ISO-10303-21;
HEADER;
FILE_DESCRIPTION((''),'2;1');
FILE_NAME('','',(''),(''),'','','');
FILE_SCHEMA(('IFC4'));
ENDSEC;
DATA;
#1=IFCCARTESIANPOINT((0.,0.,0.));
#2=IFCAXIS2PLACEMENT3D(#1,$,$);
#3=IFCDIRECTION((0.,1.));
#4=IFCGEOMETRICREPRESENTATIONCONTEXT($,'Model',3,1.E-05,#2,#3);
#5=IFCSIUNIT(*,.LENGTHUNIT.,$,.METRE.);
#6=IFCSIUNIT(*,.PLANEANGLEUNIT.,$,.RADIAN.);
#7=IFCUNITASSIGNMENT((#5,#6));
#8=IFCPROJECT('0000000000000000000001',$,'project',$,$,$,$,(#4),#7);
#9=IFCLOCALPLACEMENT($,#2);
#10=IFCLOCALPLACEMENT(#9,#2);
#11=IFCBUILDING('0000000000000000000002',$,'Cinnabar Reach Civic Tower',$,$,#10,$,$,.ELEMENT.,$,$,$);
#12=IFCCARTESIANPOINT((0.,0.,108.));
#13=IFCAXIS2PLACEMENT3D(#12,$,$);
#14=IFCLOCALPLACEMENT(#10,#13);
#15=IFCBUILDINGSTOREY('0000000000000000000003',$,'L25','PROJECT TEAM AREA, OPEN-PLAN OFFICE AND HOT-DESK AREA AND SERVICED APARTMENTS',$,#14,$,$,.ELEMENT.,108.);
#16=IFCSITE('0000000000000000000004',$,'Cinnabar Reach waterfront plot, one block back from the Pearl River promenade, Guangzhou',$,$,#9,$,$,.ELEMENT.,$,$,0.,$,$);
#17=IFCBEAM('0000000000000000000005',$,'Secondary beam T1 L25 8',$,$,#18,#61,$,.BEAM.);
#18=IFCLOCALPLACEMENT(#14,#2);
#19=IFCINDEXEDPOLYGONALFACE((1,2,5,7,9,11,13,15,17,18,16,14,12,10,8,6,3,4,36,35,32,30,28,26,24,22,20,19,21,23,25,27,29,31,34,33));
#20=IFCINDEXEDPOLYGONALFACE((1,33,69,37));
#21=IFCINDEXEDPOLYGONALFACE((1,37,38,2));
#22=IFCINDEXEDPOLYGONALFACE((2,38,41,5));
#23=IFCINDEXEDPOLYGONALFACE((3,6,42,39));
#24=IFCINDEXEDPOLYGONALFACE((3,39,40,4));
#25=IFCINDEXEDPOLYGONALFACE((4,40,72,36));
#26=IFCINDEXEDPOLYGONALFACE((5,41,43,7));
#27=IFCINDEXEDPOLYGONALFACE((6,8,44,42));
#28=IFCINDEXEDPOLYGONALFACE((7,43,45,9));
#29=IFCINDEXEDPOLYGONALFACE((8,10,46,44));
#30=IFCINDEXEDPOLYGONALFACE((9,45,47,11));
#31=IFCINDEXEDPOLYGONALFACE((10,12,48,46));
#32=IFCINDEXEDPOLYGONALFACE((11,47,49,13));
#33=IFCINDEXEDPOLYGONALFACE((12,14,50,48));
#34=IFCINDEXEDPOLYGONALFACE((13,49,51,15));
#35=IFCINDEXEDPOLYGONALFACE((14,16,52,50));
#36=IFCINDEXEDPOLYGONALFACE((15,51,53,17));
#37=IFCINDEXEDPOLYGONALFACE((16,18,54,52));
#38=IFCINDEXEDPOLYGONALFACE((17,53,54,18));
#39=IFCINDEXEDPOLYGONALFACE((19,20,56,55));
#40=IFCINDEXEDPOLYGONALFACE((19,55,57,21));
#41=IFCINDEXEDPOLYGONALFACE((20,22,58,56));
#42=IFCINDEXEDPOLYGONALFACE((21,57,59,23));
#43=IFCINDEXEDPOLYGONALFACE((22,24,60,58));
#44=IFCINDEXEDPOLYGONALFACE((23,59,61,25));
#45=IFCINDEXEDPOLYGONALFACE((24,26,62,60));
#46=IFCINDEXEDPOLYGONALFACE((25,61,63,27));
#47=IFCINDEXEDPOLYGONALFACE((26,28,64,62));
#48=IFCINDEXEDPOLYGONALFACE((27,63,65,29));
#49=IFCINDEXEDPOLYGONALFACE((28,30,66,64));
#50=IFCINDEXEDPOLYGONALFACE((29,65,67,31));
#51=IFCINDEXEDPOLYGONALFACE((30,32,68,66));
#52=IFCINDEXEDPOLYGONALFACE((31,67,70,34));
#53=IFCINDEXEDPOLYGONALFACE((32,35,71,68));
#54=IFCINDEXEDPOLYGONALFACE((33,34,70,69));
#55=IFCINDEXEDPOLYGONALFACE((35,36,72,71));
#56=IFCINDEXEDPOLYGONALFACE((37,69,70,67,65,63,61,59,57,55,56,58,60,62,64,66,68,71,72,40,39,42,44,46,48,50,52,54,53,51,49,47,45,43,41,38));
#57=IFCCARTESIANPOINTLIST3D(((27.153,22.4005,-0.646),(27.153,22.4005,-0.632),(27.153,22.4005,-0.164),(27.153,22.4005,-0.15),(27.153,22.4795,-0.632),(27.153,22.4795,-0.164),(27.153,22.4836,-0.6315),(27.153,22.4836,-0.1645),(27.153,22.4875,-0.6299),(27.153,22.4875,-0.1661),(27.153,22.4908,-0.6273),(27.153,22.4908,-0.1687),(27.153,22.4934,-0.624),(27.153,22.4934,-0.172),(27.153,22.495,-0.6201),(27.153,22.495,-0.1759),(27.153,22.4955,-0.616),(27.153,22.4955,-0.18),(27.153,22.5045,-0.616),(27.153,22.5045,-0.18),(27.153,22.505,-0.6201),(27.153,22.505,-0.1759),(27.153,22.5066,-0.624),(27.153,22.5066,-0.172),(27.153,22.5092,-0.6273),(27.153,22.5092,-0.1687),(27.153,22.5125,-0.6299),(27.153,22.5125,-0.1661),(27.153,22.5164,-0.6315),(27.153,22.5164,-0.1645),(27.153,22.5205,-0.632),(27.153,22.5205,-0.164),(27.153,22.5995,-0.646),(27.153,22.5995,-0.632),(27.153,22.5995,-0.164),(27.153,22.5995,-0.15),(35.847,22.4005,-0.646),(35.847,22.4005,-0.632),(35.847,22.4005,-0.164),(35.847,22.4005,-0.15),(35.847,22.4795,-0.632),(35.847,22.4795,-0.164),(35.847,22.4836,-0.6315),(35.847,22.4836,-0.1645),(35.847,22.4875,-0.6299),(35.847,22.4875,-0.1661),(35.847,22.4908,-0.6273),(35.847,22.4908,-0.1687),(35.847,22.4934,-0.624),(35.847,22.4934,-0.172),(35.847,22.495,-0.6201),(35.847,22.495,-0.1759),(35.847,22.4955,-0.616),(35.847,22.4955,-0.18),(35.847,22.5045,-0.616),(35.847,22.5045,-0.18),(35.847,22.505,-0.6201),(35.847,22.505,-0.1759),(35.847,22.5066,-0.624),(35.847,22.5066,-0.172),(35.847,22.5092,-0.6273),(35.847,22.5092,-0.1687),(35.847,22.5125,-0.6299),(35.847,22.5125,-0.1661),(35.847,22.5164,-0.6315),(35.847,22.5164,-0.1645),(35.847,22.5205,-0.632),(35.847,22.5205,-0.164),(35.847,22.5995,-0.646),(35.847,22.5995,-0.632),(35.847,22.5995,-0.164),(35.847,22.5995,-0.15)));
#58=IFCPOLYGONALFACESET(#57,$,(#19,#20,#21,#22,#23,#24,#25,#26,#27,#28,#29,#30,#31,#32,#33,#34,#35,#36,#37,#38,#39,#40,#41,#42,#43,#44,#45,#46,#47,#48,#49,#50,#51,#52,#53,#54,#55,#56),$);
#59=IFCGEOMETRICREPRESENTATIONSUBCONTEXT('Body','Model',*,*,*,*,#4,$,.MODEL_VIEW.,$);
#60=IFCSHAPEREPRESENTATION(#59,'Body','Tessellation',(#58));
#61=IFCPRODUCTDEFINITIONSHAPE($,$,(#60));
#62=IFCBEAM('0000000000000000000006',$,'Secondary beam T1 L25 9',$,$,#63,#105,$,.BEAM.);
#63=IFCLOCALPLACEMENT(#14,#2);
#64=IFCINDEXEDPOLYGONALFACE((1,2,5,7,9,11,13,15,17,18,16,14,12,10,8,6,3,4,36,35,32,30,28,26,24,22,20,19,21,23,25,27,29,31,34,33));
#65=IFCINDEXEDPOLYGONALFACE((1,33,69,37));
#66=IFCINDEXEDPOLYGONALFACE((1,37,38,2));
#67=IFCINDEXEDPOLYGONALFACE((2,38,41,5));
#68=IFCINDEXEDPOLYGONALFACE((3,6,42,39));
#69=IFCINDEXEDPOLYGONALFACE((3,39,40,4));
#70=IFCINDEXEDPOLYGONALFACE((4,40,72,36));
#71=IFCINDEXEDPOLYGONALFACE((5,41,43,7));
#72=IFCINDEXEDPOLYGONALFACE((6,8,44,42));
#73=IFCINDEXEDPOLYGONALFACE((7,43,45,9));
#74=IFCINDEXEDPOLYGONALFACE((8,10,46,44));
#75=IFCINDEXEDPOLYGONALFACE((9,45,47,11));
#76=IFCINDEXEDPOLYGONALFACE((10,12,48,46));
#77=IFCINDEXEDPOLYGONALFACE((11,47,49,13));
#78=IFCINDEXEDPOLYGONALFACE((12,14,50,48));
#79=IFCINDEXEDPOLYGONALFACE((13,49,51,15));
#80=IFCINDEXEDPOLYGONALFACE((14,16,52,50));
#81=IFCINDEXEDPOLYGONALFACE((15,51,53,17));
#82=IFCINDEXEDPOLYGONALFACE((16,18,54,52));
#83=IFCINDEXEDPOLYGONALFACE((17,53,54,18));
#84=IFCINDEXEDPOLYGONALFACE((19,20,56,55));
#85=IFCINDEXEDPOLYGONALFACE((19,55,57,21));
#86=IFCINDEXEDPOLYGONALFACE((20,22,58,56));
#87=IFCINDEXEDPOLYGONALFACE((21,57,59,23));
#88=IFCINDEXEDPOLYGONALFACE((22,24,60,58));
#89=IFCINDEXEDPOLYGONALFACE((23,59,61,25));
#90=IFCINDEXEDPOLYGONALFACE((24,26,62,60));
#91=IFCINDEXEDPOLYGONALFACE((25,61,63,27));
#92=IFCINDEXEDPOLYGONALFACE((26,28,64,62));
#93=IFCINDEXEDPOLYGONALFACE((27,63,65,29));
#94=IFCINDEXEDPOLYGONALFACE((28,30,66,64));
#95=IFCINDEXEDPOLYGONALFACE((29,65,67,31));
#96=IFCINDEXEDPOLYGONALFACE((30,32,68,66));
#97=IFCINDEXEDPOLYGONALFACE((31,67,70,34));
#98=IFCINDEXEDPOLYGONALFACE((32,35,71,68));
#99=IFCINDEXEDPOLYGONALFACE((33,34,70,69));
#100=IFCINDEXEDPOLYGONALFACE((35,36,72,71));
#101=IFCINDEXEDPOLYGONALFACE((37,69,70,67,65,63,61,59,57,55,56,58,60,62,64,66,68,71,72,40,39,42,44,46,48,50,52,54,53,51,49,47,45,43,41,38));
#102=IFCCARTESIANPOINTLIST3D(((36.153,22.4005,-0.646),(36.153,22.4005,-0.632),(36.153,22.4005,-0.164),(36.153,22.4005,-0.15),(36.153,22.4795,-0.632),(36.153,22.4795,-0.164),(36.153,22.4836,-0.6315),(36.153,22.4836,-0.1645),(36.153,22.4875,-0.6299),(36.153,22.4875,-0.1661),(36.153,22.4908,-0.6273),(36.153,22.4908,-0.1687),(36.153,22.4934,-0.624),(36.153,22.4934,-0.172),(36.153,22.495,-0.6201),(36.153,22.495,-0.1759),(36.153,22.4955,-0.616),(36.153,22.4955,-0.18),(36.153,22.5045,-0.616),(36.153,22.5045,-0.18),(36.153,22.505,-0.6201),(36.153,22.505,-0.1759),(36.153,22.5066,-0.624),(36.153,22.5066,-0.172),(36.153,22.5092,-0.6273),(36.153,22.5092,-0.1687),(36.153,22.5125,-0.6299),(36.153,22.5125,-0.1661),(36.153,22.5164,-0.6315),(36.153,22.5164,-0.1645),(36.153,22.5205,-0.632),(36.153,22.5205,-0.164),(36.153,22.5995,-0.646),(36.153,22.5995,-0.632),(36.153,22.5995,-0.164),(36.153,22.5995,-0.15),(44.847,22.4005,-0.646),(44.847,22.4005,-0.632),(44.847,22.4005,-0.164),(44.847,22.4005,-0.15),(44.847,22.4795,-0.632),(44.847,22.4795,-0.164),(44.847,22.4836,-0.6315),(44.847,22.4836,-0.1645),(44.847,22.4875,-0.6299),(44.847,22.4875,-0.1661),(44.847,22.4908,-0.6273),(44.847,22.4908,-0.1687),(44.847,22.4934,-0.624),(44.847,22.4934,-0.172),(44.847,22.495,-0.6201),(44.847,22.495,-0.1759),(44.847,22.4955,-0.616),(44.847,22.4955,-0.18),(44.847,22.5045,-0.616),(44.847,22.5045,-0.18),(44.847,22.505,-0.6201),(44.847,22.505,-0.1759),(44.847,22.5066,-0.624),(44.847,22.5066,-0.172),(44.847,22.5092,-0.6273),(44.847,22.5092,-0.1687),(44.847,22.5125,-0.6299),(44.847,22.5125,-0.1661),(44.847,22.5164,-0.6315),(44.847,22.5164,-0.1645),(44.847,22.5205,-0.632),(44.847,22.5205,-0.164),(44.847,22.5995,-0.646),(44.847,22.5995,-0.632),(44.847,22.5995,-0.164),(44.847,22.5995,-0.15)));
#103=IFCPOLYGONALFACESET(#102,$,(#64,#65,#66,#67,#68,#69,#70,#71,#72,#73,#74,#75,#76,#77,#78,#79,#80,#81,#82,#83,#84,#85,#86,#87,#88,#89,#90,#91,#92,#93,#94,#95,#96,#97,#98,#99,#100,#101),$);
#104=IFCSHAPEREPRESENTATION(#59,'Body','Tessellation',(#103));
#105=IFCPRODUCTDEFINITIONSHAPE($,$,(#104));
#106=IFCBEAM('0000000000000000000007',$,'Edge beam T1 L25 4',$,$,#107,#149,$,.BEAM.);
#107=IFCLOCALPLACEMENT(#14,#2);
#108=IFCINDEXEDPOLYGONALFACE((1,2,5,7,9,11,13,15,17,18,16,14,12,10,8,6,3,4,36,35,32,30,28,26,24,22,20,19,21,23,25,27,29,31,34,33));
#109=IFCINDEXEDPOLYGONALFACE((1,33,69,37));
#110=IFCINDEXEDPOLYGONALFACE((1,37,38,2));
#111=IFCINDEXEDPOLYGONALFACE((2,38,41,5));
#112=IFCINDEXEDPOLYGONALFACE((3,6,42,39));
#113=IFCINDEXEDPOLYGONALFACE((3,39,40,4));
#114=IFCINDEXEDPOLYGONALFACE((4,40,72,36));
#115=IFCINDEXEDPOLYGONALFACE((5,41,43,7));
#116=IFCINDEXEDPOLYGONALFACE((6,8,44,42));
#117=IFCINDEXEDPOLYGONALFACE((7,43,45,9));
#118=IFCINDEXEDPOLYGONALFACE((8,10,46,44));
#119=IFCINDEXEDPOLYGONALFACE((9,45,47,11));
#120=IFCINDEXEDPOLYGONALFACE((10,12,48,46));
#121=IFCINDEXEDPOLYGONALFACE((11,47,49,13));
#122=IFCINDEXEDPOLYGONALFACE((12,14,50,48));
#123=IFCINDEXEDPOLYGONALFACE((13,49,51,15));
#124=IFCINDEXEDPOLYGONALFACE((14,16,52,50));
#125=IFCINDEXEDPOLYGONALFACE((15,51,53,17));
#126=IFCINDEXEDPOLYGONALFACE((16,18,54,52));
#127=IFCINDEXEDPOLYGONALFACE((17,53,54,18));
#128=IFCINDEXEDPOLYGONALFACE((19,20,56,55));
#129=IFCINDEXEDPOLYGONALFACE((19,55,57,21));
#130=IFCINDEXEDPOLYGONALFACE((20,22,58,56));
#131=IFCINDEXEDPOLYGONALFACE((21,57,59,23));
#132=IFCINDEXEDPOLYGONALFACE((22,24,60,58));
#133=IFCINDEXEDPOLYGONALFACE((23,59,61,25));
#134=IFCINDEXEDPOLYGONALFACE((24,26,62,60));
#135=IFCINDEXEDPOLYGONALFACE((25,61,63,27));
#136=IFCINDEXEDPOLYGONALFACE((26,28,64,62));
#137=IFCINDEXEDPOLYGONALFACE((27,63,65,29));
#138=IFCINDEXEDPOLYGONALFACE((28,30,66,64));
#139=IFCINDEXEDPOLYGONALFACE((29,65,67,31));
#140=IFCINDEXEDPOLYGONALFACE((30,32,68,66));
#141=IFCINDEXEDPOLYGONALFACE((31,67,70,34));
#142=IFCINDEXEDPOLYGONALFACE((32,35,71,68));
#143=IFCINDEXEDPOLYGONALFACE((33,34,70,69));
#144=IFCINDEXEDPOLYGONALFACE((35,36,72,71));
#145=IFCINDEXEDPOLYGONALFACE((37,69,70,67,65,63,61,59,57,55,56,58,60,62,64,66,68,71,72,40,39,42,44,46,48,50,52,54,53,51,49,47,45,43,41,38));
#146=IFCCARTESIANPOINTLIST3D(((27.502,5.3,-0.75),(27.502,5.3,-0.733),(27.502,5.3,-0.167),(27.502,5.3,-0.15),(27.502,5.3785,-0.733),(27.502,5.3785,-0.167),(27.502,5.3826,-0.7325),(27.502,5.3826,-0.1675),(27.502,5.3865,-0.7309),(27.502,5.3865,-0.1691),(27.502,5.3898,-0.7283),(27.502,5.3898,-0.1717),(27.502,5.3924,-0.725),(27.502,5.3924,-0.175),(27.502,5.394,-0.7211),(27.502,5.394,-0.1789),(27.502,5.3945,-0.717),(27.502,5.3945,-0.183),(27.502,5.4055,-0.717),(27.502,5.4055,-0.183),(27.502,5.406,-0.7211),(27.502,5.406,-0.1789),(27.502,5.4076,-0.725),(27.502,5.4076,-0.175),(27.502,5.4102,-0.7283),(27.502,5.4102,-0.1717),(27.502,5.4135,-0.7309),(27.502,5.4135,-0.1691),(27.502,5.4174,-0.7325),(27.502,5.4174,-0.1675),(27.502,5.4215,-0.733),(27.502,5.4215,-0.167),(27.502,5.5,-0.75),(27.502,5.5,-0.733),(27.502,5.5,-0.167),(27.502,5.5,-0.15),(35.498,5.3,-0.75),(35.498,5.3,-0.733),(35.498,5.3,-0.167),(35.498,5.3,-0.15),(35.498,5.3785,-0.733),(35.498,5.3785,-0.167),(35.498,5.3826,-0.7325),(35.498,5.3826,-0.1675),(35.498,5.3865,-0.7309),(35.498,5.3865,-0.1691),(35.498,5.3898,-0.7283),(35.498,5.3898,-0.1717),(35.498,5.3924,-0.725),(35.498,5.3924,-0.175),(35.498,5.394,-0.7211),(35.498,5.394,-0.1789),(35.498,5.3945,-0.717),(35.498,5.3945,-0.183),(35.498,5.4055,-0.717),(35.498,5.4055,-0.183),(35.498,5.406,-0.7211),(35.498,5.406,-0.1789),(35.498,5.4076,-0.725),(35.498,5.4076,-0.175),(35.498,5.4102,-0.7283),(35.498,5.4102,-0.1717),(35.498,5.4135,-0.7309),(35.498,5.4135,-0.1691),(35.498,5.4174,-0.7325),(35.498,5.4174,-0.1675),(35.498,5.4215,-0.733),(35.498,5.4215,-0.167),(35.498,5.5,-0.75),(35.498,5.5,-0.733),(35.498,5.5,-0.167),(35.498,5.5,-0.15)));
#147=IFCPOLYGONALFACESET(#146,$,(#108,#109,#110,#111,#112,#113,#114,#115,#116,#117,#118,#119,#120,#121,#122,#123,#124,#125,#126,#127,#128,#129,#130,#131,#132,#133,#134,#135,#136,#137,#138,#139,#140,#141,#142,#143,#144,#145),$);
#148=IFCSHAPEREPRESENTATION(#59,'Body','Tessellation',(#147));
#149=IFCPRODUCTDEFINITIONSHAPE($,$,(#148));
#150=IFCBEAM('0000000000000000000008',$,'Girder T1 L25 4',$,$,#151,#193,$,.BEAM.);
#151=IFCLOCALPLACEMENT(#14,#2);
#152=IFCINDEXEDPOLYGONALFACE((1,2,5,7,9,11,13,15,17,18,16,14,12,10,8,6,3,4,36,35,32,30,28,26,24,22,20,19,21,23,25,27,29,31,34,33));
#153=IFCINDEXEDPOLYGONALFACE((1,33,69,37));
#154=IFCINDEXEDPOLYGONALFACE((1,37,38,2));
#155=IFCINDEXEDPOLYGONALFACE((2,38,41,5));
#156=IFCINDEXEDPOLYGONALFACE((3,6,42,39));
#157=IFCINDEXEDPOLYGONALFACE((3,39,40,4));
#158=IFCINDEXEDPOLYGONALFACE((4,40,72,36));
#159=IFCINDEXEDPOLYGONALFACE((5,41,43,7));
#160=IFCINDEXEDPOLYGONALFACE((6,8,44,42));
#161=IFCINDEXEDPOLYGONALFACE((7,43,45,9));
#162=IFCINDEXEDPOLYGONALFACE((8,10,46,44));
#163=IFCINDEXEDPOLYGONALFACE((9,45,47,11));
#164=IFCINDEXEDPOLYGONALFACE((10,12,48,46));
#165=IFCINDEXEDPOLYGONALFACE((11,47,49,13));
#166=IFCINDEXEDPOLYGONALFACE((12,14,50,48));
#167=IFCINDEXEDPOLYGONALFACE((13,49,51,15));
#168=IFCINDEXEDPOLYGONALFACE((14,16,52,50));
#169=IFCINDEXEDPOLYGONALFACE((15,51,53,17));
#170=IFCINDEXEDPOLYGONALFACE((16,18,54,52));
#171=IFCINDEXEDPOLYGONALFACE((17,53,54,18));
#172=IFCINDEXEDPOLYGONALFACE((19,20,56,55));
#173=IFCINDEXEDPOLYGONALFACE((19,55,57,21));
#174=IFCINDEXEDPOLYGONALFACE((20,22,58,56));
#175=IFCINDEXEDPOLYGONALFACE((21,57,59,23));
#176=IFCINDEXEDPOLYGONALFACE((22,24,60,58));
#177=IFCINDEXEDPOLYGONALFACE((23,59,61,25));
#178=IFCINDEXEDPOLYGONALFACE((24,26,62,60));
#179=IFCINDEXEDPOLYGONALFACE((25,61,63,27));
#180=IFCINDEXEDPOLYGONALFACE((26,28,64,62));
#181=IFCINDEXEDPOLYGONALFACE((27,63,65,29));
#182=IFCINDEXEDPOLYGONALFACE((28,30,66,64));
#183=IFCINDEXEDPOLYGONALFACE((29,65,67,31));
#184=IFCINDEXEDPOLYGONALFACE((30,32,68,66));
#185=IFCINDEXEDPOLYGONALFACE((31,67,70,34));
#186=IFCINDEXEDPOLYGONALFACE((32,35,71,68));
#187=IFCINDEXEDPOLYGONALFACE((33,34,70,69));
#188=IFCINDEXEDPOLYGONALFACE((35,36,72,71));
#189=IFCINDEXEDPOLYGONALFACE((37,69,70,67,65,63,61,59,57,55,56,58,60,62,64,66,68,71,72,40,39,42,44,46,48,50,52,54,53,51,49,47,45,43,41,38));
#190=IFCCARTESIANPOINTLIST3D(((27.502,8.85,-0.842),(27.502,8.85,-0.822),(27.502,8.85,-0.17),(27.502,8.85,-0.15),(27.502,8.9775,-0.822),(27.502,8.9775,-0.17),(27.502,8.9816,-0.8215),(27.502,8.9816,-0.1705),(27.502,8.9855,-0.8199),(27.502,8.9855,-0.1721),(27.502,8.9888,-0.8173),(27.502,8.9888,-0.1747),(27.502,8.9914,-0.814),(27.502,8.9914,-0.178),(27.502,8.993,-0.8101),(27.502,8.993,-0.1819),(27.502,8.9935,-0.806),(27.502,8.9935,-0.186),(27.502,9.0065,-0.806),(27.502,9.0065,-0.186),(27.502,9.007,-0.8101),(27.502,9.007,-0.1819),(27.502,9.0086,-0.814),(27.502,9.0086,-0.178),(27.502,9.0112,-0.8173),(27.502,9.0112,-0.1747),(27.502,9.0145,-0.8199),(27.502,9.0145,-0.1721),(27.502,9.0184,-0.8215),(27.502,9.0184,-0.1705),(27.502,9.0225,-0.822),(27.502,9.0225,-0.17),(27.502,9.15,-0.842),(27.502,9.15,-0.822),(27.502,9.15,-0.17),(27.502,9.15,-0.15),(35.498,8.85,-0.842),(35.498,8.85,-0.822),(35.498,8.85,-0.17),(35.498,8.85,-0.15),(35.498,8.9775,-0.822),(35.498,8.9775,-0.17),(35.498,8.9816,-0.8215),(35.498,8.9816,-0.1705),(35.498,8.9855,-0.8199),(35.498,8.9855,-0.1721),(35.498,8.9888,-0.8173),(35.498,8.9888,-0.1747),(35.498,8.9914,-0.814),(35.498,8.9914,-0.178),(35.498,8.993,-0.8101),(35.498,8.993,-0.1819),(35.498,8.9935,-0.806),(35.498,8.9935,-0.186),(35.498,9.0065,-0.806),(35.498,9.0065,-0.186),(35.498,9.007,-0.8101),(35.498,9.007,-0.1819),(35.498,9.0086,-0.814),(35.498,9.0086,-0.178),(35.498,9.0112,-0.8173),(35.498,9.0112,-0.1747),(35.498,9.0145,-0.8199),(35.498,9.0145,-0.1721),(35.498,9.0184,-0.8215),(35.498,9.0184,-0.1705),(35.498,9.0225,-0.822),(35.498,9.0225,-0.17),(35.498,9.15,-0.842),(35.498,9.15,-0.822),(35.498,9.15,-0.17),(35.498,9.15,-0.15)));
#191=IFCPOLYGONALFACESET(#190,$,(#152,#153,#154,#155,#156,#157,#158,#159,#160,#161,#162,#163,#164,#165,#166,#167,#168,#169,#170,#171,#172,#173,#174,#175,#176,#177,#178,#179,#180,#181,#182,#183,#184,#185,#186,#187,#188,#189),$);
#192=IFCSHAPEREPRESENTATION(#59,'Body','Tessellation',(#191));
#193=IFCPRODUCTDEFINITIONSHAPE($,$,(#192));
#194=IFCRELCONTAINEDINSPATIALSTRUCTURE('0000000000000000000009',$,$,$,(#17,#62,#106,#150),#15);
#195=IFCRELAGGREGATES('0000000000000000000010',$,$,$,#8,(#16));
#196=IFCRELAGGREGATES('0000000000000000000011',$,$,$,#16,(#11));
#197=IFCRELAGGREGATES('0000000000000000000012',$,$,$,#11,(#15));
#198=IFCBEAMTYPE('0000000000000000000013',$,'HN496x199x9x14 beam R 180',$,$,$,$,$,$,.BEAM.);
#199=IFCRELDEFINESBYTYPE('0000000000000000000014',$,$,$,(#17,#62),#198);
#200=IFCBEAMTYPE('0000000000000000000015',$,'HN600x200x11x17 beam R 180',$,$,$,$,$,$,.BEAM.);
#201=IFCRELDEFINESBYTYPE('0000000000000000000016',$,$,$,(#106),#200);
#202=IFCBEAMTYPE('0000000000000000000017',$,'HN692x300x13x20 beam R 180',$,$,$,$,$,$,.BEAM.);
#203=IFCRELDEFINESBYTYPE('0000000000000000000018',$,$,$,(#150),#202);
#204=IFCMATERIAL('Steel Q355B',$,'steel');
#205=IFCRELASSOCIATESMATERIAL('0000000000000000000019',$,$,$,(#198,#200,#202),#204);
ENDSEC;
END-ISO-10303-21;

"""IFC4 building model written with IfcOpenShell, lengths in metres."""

from ifc_helpers import new_model, si_unit, direction, frame, origin, origin_2d, place, context, subcontext, project, spatial, i_section, extrude, material, material_profile, profile_set, type_object, element, save


model = new_model("IFC4")

# Units and contexts
model_context = context("Model", 3, precision=1e-05, world=origin(), true_north=direction((0.0, 1.0)))
body_context = subcontext(model_context, "Body", "Model", "MODEL_VIEW")
ifc_project = project(units=[si_unit("LENGTHUNIT", "METRE"), si_unit("PLANEANGLEUNIT", "RADIAN")], contexts=[model_context])

# Site, building, storey
site_placement = place(None, origin())
site = spatial("IfcSite", under=ifc_project, at=site_placement, Name="Cinnabar Reach waterfront plot, one block back from the Pearl River promenade, Guangzhou", CompositionType="ELEMENT", RefElevation=0.0)
building_placement = place(site_placement, origin())
building = spatial("IfcBuilding", under=site, at=building_placement, Name="Cinnabar Reach Civic Tower", CompositionType="ELEMENT")
storey_placement = place(building_placement, frame((0.0, 0.0, 108.0)))
storey = spatial("IfcBuildingStorey", under=building, at=storey_placement, Name="L25", Description="PROJECT TEAM AREA, OPEN-PLAN OFFICE AND HOT-DESK AREA AND SERVICED APARTMENTS", CompositionType="ELEMENT", Elevation=108.0)

# Beams
ifc_material_1 = material(Name="Steel Q355B", Category="steel")
ifc_material_profile_1 = material_profile(ifc_material_1, i_section(OverallWidth=0.199, OverallDepth=0.496, WebThickness=0.009, FlangeThickness=0.014, FilletRadius=0.016, at=origin_2d()), Name="HN496x199x9x14")
ifc_profile_set_1 = profile_set([ifc_material_profile_1], Name="Steel Q355B")
beam_type_1 = type_object("IfcBeamType", Name="HN496x199x9x14 beam R 180", PredefinedType="BEAM", material=ifc_profile_set_1)
for number, where, z_axis, x_axis, name in (
    (1, (27.153, 22.5, -0.398), (1.0, 0.0, 0.0), (0.0, 1.0, 0.0), "Secondary beam T1 L25 8"),
    (2, (36.153, 22.5, -0.398), (1.0, 0.0, 0.0), (0.0, 1.0, 0.0), "Secondary beam T1 L25 9"),
):
    element("IfcBeam", number, at=place(storey_placement, frame(where, z_axis=z_axis, x_axis=x_axis)), inside=storey, type_object=beam_type_1, Name=name, PredefinedType="BEAM", context=body_context, shape_type="SweptSolid", body=[
        extrude(i_section(OverallWidth=0.199, OverallDepth=0.496, WebThickness=0.009, FlangeThickness=0.014, FilletRadius=0.016, at=origin_2d()), origin(), (0.0, 0.0, 1.0), 8.694),
    ])
ifc_material_profile_2 = material_profile(ifc_material_1, i_section(OverallWidth=0.2, OverallDepth=0.6, WebThickness=0.011, FlangeThickness=0.017, FilletRadius=0.016, at=origin_2d()), Name="HN600x200x11x17")
ifc_profile_set_2 = profile_set([ifc_material_profile_2], Name="Steel Q355B")
beam_type_2 = type_object("IfcBeamType", Name="HN600x200x11x17 beam R 180", PredefinedType="BEAM", material=ifc_profile_set_2)
beam_1_placement = place(storey_placement, frame((27.502, 5.4, -0.45), z_axis=(1.0, 0.0, 0.0), x_axis=(0.0, 1.0, 0.0)))
element("IfcBeam", 3, at=beam_1_placement, inside=storey, type_object=beam_type_2, Name="Edge beam T1 L25 4", PredefinedType="BEAM", context=body_context, shape_type="SweptSolid", body=[
    extrude(i_section(OverallWidth=0.2, OverallDepth=0.6, WebThickness=0.011, FlangeThickness=0.017, FilletRadius=0.016, at=origin_2d()), origin(), (0.0, 0.0, 1.0), 7.996),
])
ifc_material_profile_3 = material_profile(ifc_material_1, i_section(OverallWidth=0.3, OverallDepth=0.692, WebThickness=0.013, FlangeThickness=0.02, FilletRadius=0.016, at=origin_2d()), Name="HN692x300x13x20")
ifc_profile_set_3 = profile_set([ifc_material_profile_3], Name="Steel Q355B")
beam_type_3 = type_object("IfcBeamType", Name="HN692x300x13x20 beam R 180", PredefinedType="BEAM", material=ifc_profile_set_3)
for number, where, z_axis, x_axis, name in (
    (4, (27.502, 9.0, -0.496), (1.0, 0.0, 0.0), (0.0, 1.0, 0.0), "Girder T1 L25 4"),
):
    element("IfcBeam", number, at=place(storey_placement, frame(where, z_axis=z_axis, x_axis=x_axis)), inside=storey, type_object=beam_type_3, Name=name, PredefinedType="BEAM", context=body_context, shape_type="SweptSolid", body=[
        extrude(i_section(OverallWidth=0.3, OverallDepth=0.692, WebThickness=0.013, FlangeThickness=0.02, FilletRadius=0.016, at=origin_2d()), origin(), (0.0, 0.0, 1.0), 7.996),
    ])

save(model, "model.ifc")
